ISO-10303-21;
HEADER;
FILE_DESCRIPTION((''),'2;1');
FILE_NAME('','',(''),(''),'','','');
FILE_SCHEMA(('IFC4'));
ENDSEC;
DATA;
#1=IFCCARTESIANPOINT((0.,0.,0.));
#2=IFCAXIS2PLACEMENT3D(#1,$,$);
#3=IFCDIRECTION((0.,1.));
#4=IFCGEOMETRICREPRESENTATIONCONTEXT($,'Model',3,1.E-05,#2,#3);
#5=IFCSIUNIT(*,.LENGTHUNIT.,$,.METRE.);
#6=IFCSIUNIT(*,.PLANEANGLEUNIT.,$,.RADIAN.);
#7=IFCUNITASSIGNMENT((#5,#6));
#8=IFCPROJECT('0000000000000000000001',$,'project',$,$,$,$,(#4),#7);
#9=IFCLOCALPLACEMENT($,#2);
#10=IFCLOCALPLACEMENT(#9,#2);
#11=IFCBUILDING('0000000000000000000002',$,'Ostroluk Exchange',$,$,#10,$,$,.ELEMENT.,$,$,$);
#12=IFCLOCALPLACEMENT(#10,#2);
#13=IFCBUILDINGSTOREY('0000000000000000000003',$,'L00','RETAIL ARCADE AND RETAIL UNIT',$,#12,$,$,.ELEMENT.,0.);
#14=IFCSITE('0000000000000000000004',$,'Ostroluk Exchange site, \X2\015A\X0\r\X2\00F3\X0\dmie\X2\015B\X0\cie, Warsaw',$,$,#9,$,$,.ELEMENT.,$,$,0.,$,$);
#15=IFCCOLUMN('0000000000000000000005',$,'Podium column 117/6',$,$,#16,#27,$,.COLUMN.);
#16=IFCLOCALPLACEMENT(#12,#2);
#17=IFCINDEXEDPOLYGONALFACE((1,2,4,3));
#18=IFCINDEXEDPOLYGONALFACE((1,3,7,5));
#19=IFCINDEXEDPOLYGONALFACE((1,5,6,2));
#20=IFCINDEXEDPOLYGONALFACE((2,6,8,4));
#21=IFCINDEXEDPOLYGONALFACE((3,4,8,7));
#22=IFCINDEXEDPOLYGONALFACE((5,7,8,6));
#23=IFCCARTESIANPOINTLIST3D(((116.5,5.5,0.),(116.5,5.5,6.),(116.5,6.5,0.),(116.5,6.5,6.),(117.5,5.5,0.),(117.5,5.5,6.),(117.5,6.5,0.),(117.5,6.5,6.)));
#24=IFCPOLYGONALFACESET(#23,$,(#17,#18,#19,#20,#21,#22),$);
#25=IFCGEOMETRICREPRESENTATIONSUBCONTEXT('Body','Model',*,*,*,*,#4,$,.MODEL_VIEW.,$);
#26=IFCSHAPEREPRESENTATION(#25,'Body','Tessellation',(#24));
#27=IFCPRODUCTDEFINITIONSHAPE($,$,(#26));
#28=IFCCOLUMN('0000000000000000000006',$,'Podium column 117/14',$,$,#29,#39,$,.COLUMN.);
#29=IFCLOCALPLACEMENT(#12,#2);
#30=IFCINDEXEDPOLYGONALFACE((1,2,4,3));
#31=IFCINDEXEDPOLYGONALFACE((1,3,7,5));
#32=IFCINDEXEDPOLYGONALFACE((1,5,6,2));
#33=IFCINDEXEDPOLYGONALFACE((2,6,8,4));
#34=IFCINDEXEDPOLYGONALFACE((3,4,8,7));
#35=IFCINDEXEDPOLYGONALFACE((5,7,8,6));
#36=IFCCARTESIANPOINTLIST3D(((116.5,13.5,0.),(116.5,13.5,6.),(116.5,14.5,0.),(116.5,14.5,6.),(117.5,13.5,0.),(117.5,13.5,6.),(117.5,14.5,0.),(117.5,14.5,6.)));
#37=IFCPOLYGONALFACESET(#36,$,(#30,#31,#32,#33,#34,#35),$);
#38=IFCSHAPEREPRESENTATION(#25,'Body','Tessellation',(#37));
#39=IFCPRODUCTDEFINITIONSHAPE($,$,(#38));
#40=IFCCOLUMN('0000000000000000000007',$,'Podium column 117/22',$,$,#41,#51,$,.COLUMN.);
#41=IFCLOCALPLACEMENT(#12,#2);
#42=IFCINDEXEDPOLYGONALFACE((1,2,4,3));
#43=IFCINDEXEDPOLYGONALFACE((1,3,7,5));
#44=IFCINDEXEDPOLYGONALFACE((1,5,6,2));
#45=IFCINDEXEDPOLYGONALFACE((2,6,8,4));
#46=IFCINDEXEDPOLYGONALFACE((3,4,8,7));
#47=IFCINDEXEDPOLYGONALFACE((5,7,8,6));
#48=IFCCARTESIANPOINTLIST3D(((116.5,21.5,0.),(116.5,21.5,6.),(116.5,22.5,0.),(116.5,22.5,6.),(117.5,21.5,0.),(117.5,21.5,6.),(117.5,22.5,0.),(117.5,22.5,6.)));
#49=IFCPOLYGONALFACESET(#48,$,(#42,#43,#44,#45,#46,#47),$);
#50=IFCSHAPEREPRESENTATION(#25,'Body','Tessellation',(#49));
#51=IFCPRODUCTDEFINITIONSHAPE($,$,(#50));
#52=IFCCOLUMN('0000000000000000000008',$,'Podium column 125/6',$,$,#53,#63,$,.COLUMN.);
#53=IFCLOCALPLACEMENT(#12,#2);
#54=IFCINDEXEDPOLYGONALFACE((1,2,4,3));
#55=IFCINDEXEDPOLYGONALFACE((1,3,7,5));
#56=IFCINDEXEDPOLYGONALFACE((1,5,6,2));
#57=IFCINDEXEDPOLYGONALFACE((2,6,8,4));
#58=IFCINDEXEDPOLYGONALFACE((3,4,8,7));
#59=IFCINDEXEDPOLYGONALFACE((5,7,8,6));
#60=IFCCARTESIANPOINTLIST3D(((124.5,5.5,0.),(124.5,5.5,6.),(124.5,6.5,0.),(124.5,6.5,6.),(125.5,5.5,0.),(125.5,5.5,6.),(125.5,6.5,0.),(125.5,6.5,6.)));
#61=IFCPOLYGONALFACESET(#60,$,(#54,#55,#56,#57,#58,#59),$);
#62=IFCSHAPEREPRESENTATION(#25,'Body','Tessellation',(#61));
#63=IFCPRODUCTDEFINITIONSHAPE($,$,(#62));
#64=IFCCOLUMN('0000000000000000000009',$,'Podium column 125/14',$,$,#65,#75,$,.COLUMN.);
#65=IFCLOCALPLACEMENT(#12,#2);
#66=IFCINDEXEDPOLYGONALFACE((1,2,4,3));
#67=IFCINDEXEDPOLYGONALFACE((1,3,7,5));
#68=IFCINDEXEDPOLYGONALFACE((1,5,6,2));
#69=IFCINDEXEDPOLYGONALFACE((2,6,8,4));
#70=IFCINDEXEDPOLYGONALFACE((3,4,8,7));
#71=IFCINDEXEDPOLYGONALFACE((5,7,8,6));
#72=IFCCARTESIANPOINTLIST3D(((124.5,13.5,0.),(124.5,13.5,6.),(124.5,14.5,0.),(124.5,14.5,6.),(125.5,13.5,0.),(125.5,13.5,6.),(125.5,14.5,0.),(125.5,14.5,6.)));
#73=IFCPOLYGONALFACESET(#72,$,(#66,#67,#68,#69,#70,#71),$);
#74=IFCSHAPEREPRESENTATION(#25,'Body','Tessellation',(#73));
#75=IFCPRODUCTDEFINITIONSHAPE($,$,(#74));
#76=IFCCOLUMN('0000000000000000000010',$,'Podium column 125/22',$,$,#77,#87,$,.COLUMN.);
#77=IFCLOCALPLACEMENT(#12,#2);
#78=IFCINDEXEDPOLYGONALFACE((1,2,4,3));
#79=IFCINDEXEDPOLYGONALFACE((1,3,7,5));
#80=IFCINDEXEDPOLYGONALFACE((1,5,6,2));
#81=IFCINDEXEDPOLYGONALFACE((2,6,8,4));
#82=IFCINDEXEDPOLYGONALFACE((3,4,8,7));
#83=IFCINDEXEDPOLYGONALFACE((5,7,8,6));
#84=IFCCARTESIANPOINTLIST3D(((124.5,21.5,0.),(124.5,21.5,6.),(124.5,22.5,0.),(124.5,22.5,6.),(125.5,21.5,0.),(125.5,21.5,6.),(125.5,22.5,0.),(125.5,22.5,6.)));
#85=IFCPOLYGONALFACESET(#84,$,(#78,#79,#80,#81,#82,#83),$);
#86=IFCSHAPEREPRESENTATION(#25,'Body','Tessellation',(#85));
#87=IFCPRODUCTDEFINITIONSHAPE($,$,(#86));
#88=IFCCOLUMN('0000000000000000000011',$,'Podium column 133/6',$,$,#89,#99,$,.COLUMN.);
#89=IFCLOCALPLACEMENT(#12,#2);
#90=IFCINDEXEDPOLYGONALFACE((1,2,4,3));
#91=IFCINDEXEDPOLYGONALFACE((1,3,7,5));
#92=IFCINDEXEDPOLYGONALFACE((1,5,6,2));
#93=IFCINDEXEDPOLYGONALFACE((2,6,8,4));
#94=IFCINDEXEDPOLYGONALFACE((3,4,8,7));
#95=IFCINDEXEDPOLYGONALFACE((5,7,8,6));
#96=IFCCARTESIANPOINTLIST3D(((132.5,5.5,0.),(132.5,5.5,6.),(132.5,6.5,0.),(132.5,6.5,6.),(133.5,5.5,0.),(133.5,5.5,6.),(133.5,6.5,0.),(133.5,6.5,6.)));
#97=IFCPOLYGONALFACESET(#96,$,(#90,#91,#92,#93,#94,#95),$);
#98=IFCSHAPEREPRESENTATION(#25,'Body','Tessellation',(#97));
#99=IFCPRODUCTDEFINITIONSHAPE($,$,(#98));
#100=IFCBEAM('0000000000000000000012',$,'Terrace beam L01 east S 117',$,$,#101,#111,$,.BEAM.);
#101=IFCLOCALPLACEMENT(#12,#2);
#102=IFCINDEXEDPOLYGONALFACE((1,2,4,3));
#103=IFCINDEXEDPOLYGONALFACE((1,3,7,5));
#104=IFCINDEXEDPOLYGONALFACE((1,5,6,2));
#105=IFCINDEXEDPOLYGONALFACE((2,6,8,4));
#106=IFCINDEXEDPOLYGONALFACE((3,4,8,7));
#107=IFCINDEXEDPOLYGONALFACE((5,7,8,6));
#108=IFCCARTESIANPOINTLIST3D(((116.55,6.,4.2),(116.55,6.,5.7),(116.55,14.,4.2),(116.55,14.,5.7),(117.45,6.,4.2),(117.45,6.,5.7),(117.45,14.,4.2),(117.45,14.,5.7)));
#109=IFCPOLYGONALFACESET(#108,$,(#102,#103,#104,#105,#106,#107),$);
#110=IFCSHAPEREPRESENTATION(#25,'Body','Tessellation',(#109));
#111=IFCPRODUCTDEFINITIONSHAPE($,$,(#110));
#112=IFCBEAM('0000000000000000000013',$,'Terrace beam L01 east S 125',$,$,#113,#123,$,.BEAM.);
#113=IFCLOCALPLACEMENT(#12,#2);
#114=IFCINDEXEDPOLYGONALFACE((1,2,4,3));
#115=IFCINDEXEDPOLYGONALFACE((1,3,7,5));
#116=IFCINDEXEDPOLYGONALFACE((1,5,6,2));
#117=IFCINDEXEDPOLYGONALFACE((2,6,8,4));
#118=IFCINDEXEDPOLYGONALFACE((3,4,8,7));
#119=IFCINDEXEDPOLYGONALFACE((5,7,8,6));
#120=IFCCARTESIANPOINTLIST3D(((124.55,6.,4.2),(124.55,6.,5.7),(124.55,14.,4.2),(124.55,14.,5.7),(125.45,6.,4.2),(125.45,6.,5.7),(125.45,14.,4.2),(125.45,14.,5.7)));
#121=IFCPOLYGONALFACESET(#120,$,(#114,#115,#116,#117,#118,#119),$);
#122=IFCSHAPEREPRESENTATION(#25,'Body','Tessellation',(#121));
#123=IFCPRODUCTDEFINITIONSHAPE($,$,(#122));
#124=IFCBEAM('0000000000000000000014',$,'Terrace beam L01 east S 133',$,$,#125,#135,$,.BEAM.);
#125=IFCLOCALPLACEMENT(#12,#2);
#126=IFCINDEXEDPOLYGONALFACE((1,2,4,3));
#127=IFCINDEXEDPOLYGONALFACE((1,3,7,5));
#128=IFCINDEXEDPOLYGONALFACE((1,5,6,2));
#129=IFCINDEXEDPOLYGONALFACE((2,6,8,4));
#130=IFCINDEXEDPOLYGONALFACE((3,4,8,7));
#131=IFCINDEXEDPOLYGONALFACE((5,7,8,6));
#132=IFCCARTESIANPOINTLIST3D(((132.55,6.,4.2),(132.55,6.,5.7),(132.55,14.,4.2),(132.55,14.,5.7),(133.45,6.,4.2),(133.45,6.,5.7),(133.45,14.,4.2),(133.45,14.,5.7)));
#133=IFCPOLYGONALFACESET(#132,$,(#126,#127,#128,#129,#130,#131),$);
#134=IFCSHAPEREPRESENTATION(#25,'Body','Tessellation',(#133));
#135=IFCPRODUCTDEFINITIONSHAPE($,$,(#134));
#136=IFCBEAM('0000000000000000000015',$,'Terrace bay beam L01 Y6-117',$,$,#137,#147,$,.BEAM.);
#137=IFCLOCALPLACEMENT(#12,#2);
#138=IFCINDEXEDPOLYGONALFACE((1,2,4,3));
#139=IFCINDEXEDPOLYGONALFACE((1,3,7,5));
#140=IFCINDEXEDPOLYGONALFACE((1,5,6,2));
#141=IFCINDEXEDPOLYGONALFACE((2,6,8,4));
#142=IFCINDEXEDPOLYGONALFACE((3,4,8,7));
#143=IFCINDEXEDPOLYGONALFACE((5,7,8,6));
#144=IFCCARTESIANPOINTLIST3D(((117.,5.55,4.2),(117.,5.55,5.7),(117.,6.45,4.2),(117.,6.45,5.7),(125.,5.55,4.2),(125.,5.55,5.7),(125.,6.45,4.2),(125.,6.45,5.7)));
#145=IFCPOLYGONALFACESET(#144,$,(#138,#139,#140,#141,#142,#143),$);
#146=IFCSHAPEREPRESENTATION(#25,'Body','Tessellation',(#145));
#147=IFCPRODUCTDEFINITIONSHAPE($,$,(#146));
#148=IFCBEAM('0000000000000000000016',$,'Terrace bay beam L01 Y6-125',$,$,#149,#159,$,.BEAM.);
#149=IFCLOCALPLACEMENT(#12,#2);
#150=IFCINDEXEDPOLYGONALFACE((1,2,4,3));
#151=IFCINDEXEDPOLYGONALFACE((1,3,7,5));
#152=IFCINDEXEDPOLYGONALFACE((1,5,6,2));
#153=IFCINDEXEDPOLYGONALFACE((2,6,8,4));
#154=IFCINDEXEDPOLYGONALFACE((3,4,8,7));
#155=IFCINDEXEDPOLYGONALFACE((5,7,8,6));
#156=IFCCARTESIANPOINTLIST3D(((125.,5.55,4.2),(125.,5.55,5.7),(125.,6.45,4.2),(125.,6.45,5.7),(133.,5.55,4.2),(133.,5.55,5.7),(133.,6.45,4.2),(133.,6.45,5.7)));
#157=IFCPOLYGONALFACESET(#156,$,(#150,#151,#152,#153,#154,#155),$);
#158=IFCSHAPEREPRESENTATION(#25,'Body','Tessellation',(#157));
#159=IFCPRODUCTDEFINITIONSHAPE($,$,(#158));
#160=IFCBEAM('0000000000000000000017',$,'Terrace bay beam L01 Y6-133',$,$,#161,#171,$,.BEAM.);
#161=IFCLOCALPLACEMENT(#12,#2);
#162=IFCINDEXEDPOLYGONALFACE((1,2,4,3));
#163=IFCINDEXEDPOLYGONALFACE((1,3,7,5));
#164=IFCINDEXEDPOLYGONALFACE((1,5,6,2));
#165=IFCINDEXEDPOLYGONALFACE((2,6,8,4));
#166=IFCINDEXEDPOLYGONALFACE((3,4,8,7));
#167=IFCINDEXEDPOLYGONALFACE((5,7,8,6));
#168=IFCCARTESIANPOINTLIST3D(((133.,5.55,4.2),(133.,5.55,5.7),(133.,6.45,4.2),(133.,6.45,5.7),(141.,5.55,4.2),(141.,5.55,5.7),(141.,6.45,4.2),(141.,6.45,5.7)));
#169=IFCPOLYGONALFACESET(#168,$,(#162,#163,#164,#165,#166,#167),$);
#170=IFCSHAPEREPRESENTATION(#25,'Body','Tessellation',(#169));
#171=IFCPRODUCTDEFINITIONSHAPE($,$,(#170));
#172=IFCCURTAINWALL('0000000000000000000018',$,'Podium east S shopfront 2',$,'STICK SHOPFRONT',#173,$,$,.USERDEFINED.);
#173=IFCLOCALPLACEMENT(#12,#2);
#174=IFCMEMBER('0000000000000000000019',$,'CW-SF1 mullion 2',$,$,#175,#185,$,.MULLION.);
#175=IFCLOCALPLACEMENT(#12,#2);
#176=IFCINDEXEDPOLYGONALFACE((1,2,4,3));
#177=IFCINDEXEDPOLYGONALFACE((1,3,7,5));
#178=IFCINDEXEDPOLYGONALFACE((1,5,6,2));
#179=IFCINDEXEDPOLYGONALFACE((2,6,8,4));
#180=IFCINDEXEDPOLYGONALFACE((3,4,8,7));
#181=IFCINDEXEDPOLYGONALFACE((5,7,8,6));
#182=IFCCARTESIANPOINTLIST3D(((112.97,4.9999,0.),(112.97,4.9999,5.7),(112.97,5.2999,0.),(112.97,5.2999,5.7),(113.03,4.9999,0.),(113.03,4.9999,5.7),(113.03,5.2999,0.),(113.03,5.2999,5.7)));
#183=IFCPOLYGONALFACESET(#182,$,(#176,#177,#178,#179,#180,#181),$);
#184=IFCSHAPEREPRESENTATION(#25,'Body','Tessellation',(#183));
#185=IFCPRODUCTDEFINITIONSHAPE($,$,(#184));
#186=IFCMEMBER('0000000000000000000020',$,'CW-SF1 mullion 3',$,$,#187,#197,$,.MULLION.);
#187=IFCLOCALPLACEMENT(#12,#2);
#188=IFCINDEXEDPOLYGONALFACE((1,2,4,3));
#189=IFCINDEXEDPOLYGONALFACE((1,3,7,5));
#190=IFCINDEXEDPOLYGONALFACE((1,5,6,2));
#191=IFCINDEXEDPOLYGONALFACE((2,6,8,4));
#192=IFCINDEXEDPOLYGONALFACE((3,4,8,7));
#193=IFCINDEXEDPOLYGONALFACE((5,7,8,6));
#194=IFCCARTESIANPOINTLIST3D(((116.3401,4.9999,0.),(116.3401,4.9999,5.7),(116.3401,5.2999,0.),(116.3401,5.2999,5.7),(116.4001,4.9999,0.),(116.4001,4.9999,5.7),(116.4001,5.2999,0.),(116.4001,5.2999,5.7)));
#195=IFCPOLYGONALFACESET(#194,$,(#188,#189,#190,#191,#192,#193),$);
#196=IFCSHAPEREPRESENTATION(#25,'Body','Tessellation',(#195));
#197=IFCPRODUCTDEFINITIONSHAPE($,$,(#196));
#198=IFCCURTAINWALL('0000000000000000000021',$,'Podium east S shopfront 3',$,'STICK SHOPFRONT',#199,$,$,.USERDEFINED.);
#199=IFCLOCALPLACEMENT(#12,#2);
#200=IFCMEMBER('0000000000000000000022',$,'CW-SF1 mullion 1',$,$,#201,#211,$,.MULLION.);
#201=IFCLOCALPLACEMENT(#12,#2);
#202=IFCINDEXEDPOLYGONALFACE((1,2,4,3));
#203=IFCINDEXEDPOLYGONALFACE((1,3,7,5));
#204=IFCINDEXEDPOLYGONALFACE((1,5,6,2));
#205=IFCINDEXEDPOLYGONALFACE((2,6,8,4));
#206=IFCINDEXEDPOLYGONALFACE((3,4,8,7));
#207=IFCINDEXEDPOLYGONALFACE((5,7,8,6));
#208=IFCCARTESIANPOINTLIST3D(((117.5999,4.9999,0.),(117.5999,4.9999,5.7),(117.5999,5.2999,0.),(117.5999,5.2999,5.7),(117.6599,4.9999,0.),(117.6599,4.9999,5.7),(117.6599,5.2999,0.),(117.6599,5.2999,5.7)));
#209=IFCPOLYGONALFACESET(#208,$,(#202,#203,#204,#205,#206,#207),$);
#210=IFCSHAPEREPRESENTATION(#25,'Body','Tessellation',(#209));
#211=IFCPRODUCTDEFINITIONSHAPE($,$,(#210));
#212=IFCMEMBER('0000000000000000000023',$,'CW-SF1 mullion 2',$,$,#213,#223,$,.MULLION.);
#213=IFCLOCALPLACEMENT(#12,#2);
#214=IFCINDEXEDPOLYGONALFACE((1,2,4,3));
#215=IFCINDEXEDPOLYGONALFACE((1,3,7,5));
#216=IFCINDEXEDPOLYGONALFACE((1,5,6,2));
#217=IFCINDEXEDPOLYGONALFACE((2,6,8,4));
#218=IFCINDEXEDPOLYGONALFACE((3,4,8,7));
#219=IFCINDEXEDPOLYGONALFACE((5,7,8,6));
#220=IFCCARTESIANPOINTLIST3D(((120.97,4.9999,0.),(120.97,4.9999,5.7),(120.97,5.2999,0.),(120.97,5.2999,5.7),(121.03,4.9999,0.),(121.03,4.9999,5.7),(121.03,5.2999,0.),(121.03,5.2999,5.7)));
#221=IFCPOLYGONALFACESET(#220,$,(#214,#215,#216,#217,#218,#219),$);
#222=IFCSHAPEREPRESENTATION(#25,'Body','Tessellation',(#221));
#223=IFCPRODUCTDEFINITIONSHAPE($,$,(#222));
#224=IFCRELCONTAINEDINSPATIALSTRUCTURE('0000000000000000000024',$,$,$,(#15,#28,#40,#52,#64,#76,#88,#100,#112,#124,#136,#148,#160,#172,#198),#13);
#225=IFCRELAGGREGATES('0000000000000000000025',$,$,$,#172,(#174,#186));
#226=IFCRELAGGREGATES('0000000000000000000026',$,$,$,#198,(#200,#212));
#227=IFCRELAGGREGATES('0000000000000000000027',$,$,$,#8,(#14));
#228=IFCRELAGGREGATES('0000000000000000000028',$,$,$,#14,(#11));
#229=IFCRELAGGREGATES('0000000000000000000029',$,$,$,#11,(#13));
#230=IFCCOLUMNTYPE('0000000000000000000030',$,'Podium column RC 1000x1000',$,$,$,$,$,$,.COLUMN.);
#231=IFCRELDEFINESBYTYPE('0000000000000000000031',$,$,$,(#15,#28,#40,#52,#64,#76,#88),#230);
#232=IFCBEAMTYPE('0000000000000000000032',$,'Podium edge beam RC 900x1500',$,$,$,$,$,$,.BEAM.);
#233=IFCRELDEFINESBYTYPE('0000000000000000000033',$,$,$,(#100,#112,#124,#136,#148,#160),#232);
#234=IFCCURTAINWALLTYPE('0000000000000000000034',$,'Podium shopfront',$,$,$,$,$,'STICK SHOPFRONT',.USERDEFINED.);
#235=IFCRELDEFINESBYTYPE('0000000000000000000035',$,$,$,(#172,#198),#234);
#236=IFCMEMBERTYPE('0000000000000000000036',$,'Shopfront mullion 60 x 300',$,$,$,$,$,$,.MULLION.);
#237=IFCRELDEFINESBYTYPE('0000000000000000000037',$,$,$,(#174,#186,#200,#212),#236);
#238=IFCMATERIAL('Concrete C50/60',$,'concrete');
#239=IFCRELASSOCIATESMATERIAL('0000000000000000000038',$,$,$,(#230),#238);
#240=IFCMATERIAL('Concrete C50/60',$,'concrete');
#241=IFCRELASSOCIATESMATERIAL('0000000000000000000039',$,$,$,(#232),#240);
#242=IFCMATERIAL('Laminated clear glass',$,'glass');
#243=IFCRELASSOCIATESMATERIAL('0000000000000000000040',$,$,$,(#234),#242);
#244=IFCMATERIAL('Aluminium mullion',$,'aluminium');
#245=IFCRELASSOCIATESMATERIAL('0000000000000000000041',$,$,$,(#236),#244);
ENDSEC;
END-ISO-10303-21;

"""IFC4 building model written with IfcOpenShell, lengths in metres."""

from ifc_helpers import new_model, si_unit, direction, frame, origin, origin_2d, place, context, subcontext, project, spatial, rectangle, extrude, material, material_profile, profile_set, type_object, element, aggregate, save


model = new_model("IFC4")

# Units and contexts
model_context = context("Model", 3, precision=1e-05, world=origin(), true_north=direction((0.0, 1.0)))
body_context = subcontext(model_context, "Body", "Model", "MODEL_VIEW")
ifc_project = project(units=[si_unit("LENGTHUNIT", "METRE"), si_unit("PLANEANGLEUNIT", "RADIAN")], contexts=[model_context])

# Site, building, storey
site_placement = place(None, origin())
site = spatial("IfcSite", under=ifc_project, at=site_placement, Name="Ostroluk Exchange site, Śródmieście, Warsaw", CompositionType="ELEMENT", RefElevation=0.0)
building_placement = place(site_placement, origin())
building = spatial("IfcBuilding", under=site, at=building_placement, Name="Ostroluk Exchange", CompositionType="ELEMENT")
storey_placement = place(building_placement, origin())
storey = spatial("IfcBuildingStorey", under=building, at=storey_placement, Name="L00", Description="RETAIL ARCADE AND RETAIL UNIT", CompositionType="ELEMENT", Elevation=0.0)

# Columns
ifc_material_1 = material(Name="Concrete C50/60", Category="concrete")
ifc_material_profile_1 = material_profile(ifc_material_1, rectangle(XDim=1.0, YDim=1.0, at=origin_2d()), Name="RC 1000x1000")
ifc_profile_set_1 = profile_set([ifc_material_profile_1], Name="Concrete C50/60")
column_type = type_object("IfcColumnType", Name="Podium column RC 1000x1000", PredefinedType="COLUMN", material=ifc_profile_set_1)
for number, where, z_axis, x_axis, name in (
    (1, (117.0, 6.0, 0.0), (0.0, 0.0, 1.0), (1.0, 0.0, 0.0), "Podium column 117/6"),
    (2, (117.0, 14.0, 0.0), (0.0, 0.0, 1.0), (1.0, 0.0, 0.0), "Podium column 117/14"),
    (3, (117.0, 22.0, 0.0), (0.0, 0.0, 1.0), (1.0, 0.0, 0.0), "Podium column 117/22"),
    (4, (125.0, 6.0, 0.0), (0.0, 0.0, 1.0), (1.0, 0.0, 0.0), "Podium column 125/6"),
    (5, (125.0, 14.0, 0.0), (0.0, 0.0, 1.0), (1.0, 0.0, 0.0), "Podium column 125/14"),
    (6, (125.0, 22.0, 0.0), (0.0, 0.0, 1.0), (1.0, 0.0, 0.0), "Podium column 125/22"),
    (7, (133.0, 6.0, 0.0), (0.0, 0.0, 1.0), (1.0, 0.0, 0.0), "Podium column 133/6"),
):
    element("IfcColumn", number, at=place(storey_placement, frame(where, z_axis=z_axis, x_axis=x_axis)), inside=storey, type_object=column_type, Name=name, PredefinedType="COLUMN", context=body_context, shape_type="SweptSolid", body=[
        extrude(rectangle(XDim=1.0, YDim=1.0, at=origin_2d()), origin(), (0.0, 0.0, 1.0), 6.0),
    ])

# Beams
ifc_material_2 = material(Name="Concrete C50/60", Category="concrete")
ifc_material_profile_2 = material_profile(ifc_material_2, rectangle(XDim=0.8999, YDim=1.5, at=origin_2d()), Name="RC 900x1500")
ifc_profile_set_2 = profile_set([ifc_material_profile_2], Name="Concrete C50/60")
beam_type = type_object("IfcBeamType", Name="Podium edge beam RC 900x1500", PredefinedType="BEAM", material=ifc_profile_set_2)
for number, where, z_axis, x_axis, name in (
    (8, (117.0, 6.0, 4.95), (0.0, 1.0, 0.0), (-1.0, 0.0, 0.0), "Terrace beam L01 east S 117"),
    (9, (125.0, 6.0, 4.95), (0.0, 1.0, 0.0), (-1.0, 0.0, 0.0), "Terrace beam L01 east S 125"),
    (10, (133.0, 6.0, 4.95), (0.0, 1.0, 0.0), (-1.0, 0.0, 0.0), "Terrace beam L01 east S 133"),
    (11, (117.0, 6.0, 4.95), (1.0, 0.0, 0.0), (0.0, 1.0, 0.0), "Terrace bay beam L01 Y6-117"),
    (12, (125.0, 6.0, 4.95), (1.0, 0.0, 0.0), (0.0, 1.0, 0.0), "Terrace bay beam L01 Y6-125"),
    (13, (133.0, 6.0, 4.95), (1.0, 0.0, 0.0), (0.0, 1.0, 0.0), "Terrace bay beam L01 Y6-133"),
):
    element("IfcBeam", number, at=place(storey_placement, frame(where, z_axis=z_axis, x_axis=x_axis)), inside=storey, type_object=beam_type, Name=name, PredefinedType="BEAM", context=body_context, shape_type="SweptSolid", body=[
        extrude(rectangle(XDim=0.8999, YDim=1.5, at=origin_2d()), origin(), (0.0, 0.0, 1.0), 8.0),
    ])

# Curtain walls, members
ifc_material_3 = material(Name="Laminated clear glass", Category="glass")
curtain_wall_type = type_object("IfcCurtainWallType", Name="Podium shopfront", ElementType="STICK SHOPFRONT", PredefinedType="USERDEFINED", material=ifc_material_3)
curtain_wall_1_placement = place(storey_placement, origin())
curtain_wall_1 = element("IfcCurtainWall", 14, at=curtain_wall_1_placement, inside=storey, type_object=curtain_wall_type, Name="Podium east S shopfront 2", ObjectType="STICK SHOPFRONT", PredefinedType="USERDEFINED")
ifc_material_4 = material(Name="Aluminium mullion", Category="aluminium")
ifc_material_profile_3 = material_profile(ifc_material_4, rectangle(XDim=0.3, YDim=0.0601, at=origin_2d()), Name="Shopfront mullion 60 x 300")
ifc_profile_set_3 = profile_set([ifc_material_profile_3], Name="Aluminium mullion")
member_type_1 = type_object("IfcMemberType", Name="Shopfront mullion 60 x 300", PredefinedType="MULLION", material=ifc_profile_set_3)
member_1_placement = place(storey_placement, frame((113.0, 5.1499, 0.0), z_axis=(0.0, 0.0, 1.0), x_axis=(0.0, 1.0, 0.0)))
member_1 = element("IfcMember", 15, at=member_1_placement, type_object=member_type_1, Name="CW-SF1 mullion 2", PredefinedType="MULLION", context=body_context, shape_type="SweptSolid", body=[
    extrude(rectangle(XDim=0.3, YDim=0.0601, at=origin_2d()), origin(), (0.0, 0.0, 1.0), 5.7),
])
member_2_placement = place(storey_placement, frame((116.3701, 5.1499, 0.0), z_axis=(0.0, 0.0, 1.0), x_axis=(0.0, 1.0, 0.0)))
member_2 = element("IfcMember", 16, at=member_2_placement, type_object=member_type_1, Name="CW-SF1 mullion 3", PredefinedType="MULLION", context=body_context, shape_type="SweptSolid", body=[
    extrude(rectangle(XDim=0.3, YDim=0.0601, at=origin_2d()), origin(), (0.0, 0.0, 1.0), 5.7),
])
curtain_wall_2_placement = place(storey_placement, origin())
curtain_wall_2 = element("IfcCurtainWall", 17, at=curtain_wall_2_placement, inside=storey, type_object=curtain_wall_type, Name="Podium east S shopfront 3", ObjectType="STICK SHOPFRONT", PredefinedType="USERDEFINED")
member_3_placement = place(storey_placement, frame((117.6299, 5.1499, 0.0), z_axis=(0.0, 0.0, 1.0), x_axis=(0.0, 1.0, 0.0)))
member_3 = element("IfcMember", 18, at=member_3_placement, type_object=member_type_1, Name="CW-SF1 mullion 1", PredefinedType="MULLION", context=body_context, shape_type="SweptSolid", body=[
    extrude(rectangle(XDim=0.3, YDim=0.0601, at=origin_2d()), origin(), (0.0, 0.0, 1.0), 5.7),
])
member_4_placement = place(storey_placement, frame((121.0, 5.1499, 0.0), z_axis=(0.0, 0.0, 1.0), x_axis=(0.0, 1.0, 0.0)))
member_4 = element("IfcMember", 19, at=member_4_placement, type_object=member_type_1, Name="CW-SF1 mullion 2", PredefinedType="MULLION", context=body_context, shape_type="SweptSolid", body=[
    extrude(rectangle(XDim=0.3, YDim=0.0601, at=origin_2d()), origin(), (0.0, 0.0, 1.0), 5.7),
])

aggregate(curtain_wall_1, [member_1, member_2])
aggregate(curtain_wall_2, [member_3, member_4])

save(model, "model.ifc")
